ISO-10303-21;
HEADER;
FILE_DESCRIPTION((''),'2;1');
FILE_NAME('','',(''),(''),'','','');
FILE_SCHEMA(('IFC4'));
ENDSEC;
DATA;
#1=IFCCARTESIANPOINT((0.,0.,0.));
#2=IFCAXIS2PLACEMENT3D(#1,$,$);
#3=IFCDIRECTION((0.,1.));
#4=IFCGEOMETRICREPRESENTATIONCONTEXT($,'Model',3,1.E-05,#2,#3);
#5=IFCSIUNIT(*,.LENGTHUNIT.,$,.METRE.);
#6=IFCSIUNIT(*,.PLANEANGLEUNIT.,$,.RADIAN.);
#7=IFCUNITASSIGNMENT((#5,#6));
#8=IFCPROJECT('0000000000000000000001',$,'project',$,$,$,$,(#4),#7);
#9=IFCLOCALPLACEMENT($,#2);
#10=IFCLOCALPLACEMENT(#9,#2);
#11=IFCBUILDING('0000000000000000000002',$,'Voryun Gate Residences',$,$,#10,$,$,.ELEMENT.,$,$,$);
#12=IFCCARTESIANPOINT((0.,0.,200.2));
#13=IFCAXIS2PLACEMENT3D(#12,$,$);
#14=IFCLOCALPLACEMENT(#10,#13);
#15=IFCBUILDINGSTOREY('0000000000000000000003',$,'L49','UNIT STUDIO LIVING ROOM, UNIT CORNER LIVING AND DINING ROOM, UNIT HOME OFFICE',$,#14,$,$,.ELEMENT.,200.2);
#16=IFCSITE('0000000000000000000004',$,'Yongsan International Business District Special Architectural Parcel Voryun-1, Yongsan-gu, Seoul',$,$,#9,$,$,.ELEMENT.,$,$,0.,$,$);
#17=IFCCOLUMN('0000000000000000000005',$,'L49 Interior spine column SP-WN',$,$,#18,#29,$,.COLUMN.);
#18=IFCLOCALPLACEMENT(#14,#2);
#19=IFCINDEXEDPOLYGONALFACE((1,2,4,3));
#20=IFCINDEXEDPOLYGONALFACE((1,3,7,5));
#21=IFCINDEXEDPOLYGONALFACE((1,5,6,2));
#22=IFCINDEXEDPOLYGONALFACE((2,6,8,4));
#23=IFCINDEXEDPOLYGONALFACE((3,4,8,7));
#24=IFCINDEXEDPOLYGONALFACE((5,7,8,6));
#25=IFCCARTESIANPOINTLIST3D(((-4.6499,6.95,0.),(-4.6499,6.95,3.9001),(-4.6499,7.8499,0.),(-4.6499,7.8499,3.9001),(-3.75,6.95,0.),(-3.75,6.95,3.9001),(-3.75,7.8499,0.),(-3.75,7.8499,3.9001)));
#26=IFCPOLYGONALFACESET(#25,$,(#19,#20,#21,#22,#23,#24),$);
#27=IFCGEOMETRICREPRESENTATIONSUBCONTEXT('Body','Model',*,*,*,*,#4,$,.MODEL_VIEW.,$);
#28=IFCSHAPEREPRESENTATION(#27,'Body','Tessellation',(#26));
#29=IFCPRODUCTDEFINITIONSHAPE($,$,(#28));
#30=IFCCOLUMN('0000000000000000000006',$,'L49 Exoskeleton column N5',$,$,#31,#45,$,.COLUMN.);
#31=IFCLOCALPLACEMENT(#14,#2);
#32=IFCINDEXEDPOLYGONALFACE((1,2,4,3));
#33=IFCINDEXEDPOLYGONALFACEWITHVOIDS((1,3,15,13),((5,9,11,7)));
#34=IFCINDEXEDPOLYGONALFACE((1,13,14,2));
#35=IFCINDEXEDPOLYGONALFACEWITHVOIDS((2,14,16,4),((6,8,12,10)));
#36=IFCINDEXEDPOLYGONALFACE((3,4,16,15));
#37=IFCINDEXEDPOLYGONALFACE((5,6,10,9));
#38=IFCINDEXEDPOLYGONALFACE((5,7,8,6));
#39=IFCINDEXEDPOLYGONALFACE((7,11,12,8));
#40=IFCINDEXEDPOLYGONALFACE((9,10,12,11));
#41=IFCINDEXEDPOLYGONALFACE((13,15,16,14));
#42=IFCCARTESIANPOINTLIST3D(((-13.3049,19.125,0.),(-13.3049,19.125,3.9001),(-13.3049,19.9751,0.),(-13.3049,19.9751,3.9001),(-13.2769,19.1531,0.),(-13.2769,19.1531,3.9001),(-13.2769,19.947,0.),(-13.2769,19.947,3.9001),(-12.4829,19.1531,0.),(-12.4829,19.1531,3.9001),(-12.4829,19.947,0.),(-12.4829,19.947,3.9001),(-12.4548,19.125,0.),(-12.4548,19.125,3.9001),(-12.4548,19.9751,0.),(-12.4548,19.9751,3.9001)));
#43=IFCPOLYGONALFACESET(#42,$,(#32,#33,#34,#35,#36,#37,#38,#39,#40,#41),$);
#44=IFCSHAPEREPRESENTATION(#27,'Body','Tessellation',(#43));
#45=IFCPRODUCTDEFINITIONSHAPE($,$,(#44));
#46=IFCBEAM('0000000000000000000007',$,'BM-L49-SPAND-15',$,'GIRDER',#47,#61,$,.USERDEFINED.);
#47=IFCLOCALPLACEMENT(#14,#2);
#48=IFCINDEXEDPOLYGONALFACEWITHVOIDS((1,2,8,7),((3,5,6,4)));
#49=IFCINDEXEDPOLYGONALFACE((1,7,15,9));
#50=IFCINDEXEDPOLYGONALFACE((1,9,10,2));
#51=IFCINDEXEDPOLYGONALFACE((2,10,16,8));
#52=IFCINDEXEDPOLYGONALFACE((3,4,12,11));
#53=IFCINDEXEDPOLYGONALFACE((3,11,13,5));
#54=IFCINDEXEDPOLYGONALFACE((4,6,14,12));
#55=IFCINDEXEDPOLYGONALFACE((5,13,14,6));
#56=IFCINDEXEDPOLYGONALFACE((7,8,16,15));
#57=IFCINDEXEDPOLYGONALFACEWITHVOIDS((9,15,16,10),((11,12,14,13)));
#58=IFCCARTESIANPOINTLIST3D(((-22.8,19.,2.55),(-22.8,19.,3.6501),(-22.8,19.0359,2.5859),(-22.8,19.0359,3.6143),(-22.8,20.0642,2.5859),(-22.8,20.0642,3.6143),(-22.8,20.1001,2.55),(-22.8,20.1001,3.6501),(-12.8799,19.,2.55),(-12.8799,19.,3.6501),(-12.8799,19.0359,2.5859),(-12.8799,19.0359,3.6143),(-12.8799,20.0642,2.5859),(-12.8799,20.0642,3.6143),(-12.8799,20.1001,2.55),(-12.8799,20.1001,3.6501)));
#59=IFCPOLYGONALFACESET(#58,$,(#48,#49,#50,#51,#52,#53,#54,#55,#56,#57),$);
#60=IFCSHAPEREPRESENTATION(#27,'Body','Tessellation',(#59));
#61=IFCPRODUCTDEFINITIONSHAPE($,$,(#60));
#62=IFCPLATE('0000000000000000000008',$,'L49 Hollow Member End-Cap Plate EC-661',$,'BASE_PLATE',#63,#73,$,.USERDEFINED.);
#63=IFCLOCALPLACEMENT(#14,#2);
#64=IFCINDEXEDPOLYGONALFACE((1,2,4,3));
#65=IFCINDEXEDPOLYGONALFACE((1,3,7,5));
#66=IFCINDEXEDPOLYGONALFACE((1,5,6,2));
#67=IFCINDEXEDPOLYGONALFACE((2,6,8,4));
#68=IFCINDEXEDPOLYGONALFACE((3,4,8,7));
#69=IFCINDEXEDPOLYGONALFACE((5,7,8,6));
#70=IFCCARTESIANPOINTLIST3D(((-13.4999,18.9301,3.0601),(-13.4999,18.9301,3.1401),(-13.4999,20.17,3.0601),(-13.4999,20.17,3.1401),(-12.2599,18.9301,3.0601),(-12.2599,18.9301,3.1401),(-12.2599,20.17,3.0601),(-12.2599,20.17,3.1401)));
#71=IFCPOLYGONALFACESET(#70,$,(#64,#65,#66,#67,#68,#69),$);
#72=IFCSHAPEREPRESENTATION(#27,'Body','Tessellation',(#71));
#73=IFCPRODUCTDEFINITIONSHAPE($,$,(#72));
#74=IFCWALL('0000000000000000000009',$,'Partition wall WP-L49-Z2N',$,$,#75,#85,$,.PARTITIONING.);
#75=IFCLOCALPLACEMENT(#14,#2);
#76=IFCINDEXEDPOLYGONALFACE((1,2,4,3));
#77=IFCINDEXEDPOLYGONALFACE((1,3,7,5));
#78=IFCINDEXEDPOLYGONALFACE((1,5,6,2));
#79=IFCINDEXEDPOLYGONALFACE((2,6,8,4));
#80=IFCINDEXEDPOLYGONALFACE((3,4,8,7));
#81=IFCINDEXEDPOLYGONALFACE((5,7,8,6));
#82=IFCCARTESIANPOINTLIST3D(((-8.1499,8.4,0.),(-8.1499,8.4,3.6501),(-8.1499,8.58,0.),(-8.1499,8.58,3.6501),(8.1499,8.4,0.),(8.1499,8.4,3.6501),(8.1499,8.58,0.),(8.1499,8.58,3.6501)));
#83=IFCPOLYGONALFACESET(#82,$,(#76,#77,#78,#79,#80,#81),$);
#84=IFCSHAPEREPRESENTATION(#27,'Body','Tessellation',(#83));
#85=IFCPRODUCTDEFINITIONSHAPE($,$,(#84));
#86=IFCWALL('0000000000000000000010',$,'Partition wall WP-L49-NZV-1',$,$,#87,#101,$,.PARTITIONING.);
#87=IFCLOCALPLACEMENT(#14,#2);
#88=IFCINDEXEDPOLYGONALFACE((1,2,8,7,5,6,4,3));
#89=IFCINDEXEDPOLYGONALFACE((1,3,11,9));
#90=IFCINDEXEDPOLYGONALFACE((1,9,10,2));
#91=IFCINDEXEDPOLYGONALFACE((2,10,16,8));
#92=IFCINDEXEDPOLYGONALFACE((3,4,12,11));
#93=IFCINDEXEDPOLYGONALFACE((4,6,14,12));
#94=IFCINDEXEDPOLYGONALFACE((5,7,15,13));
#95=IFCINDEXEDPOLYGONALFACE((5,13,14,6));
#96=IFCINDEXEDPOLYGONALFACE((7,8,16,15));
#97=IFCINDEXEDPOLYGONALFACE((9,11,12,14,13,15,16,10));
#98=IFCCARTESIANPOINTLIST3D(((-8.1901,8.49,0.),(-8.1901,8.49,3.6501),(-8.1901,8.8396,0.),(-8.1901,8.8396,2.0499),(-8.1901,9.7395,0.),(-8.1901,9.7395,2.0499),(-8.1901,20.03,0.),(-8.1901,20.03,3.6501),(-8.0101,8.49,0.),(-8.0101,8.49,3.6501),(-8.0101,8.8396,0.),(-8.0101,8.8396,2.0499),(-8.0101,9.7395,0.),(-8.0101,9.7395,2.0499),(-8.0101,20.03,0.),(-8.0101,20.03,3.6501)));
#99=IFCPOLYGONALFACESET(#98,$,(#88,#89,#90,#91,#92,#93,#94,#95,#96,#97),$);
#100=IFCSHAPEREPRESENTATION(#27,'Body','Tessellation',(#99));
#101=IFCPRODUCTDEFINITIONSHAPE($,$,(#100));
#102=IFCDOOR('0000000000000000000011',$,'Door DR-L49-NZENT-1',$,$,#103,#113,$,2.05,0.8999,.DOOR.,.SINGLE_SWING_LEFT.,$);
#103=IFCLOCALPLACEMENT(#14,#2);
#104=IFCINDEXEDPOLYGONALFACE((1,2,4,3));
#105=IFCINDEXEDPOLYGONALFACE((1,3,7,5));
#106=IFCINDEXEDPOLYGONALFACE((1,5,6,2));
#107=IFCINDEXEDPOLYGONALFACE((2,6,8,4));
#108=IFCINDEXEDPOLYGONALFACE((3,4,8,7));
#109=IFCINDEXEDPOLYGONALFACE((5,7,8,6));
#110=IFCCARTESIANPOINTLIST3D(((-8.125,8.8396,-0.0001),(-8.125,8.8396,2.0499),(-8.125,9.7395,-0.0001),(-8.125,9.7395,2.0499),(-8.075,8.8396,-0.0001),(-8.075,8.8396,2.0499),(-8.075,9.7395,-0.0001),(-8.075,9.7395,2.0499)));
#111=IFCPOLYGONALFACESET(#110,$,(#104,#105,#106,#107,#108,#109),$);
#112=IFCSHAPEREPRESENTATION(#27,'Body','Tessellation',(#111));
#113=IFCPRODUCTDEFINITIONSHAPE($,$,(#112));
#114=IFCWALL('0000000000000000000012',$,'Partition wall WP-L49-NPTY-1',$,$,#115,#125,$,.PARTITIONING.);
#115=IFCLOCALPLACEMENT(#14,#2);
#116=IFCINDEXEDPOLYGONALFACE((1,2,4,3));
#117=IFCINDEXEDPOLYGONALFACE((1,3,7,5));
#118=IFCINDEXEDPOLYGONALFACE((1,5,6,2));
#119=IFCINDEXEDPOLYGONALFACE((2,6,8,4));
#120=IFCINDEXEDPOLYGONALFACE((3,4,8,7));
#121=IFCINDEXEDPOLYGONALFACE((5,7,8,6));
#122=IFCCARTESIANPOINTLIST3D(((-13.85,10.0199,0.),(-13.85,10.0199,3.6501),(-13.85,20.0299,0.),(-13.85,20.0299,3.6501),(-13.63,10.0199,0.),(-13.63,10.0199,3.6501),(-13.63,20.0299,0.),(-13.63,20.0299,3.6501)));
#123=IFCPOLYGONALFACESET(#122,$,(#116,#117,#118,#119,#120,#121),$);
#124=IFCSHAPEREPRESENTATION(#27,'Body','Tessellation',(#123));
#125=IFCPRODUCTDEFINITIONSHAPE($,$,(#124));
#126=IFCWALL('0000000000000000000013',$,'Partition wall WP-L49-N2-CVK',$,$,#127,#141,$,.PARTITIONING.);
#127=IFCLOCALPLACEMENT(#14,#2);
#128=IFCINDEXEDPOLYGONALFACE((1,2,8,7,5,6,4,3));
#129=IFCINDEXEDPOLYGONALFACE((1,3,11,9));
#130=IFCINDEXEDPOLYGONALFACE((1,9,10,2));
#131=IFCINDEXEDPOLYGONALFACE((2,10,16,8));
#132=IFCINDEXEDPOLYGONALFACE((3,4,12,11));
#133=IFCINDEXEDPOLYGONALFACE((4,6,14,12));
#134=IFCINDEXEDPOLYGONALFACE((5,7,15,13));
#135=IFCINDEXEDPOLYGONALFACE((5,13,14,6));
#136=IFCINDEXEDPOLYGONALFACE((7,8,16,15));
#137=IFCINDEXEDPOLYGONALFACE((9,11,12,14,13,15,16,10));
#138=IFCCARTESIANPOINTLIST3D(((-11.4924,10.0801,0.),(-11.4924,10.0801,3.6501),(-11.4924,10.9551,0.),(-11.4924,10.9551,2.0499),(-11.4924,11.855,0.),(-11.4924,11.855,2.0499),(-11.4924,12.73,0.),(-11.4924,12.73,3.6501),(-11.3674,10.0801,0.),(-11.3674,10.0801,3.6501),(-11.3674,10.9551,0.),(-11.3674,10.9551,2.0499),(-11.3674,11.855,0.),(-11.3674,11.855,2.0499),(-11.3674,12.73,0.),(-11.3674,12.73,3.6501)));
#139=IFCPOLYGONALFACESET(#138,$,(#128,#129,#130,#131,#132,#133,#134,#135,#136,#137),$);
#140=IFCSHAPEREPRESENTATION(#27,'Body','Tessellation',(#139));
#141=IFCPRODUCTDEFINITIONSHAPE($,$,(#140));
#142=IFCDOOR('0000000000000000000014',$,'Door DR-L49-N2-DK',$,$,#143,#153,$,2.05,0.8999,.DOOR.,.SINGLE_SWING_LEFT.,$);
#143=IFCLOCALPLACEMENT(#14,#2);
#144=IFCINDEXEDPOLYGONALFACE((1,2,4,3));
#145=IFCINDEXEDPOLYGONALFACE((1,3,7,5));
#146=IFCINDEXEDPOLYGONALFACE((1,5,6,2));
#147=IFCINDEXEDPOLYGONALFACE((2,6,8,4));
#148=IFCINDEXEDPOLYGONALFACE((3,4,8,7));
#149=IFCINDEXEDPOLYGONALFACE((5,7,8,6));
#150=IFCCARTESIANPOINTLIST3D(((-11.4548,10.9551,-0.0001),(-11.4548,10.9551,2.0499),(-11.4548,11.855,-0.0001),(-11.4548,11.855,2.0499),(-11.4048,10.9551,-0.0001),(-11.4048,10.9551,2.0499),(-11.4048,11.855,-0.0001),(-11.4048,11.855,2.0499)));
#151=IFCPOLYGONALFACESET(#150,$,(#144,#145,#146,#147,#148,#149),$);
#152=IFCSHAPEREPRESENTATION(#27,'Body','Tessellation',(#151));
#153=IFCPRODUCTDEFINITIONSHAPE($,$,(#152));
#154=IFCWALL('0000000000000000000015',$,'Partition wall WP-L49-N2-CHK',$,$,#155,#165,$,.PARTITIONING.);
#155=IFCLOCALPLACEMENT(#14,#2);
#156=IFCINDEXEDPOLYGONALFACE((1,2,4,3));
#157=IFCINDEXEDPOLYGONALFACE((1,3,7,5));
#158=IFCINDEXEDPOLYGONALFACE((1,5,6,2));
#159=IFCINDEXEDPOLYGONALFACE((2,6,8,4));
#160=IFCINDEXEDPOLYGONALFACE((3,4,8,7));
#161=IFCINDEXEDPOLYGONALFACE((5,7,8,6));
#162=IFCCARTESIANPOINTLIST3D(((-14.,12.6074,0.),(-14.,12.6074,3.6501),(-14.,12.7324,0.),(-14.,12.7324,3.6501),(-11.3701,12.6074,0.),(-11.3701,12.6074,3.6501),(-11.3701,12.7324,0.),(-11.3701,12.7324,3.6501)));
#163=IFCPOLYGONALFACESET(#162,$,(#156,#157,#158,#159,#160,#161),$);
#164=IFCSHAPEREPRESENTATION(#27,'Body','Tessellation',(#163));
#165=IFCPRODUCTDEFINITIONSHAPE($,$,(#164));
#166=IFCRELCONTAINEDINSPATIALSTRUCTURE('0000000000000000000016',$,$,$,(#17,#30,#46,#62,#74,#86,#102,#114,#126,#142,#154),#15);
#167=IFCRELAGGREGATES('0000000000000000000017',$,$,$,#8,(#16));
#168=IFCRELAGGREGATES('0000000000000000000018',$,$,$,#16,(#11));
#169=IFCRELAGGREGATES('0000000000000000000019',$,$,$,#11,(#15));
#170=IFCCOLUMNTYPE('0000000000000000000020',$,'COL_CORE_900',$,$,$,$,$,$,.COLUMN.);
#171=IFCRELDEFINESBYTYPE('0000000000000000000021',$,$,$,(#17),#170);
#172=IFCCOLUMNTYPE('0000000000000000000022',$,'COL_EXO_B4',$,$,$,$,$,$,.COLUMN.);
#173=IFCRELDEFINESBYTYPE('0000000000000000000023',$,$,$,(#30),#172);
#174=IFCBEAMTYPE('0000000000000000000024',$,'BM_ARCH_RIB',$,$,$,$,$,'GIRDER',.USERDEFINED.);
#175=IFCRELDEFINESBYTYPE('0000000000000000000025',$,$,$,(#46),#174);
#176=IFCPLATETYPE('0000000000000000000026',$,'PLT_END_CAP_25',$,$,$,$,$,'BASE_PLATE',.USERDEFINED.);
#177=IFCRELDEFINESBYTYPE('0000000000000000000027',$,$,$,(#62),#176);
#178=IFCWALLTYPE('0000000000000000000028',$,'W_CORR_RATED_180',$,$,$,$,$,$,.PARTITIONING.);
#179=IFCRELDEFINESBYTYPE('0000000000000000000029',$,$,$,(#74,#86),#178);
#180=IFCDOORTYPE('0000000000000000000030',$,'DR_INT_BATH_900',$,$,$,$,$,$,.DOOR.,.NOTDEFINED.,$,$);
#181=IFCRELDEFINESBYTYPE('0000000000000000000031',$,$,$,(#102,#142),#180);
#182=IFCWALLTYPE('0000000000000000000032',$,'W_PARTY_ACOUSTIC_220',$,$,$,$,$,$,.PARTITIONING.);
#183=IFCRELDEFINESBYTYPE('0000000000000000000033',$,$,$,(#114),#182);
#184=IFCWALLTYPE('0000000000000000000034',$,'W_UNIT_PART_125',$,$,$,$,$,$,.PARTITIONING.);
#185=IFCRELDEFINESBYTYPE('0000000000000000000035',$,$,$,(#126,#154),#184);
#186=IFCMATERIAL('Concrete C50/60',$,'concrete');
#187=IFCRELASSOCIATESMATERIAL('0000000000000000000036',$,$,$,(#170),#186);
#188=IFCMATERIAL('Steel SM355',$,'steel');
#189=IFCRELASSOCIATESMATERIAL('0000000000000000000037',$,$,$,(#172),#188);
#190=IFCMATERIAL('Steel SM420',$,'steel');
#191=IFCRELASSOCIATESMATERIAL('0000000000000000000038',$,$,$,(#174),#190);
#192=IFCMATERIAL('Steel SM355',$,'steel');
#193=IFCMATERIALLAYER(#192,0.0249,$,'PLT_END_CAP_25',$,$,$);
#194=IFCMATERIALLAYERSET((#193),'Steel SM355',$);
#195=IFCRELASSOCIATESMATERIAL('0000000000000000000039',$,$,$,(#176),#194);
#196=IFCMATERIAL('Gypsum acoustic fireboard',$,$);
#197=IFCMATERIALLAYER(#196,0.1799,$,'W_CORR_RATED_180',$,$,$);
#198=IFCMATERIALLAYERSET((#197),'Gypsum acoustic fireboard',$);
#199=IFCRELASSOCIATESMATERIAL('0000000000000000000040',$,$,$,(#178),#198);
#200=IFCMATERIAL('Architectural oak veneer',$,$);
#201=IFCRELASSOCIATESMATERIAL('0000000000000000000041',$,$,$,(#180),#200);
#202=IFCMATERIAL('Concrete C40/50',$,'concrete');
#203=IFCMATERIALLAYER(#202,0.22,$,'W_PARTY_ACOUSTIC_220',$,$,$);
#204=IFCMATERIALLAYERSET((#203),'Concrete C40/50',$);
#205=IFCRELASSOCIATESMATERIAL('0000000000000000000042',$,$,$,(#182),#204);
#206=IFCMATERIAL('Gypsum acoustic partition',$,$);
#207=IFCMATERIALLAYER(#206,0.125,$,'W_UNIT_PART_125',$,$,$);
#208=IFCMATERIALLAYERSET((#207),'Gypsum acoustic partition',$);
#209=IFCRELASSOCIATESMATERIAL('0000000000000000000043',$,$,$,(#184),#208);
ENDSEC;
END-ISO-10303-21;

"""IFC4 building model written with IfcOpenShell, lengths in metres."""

from ifc_helpers import new_model, si_unit, direction, frame, frame_2d, origin, origin_2d, place, context, subcontext, project, spatial, rectangle, hollow_rectangle, extrude, material, layer, layer_set, material_profile, profile_set, type_object, element, fill, save


model = new_model("IFC4")

# Units and contexts
model_context = context("Model", 3, precision=1e-05, world=origin(), true_north=direction((0.0, 1.0)))
body_context = subcontext(model_context, "Body", "Model", "MODEL_VIEW")
ifc_project = project(units=[si_unit("LENGTHUNIT", "METRE"), si_unit("PLANEANGLEUNIT", "RADIAN")], contexts=[model_context])

# Site, building, storey
site_placement = place(None, origin())
site = spatial("IfcSite", under=ifc_project, at=site_placement, Name="Yongsan International Business District Special Architectural Parcel Voryun-1, Yongsan-gu, Seoul", CompositionType="ELEMENT", RefElevation=0.0)
building_placement = place(site_placement, origin())
building = spatial("IfcBuilding", under=site, at=building_placement, Name="Voryun Gate Residences", CompositionType="ELEMENT")
storey_placement = place(building_placement, frame((0.0, 0.0, 200.2)))
storey = spatial("IfcBuildingStorey", under=building, at=storey_placement, Name="L49", Description="UNIT STUDIO LIVING ROOM, UNIT CORNER LIVING AND DINING ROOM, UNIT HOME OFFICE", CompositionType="ELEMENT", Elevation=200.2)

# Columns
ifc_material_1 = material(Name="Concrete C50/60", Category="concrete")
ifc_material_profile_1 = material_profile(ifc_material_1, rectangle(XDim=0.8999, YDim=0.8999, at=origin_2d()), Name="RC-900x900")
ifc_profile_set_1 = profile_set([ifc_material_profile_1], Name="Concrete C50/60")
column_type_1 = type_object("IfcColumnType", Name="COL_CORE_900", PredefinedType="COLUMN", material=ifc_profile_set_1)
column_1_placement = place(storey_placement, frame((-4.2, 7.3999, 0.0), z_axis=(0.0, 0.0, 1.0), x_axis=(1.0, 0.0, 0.0)))
element("IfcColumn", 1, at=column_1_placement, inside=storey, type_object=column_type_1, Name="L49 Interior spine column SP-WN", PredefinedType="COLUMN", context=body_context, shape_type="SweptSolid", body=[
    extrude(rectangle(XDim=0.8999, YDim=0.8999, at=origin_2d()), origin(), (0.0, 0.0, 1.0), 3.9001),
])
ifc_material_2 = material(Name="Steel SM355", Category="steel")
ifc_material_profile_2 = material_profile(ifc_material_2, hollow_rectangle(XDim=0.8501, YDim=0.8501, WallThickness=0.0281, at=origin_2d()), Name="BOX-850x850x28")
ifc_profile_set_2 = profile_set([ifc_material_profile_2], Name="Steel SM355")
column_type_2 = type_object("IfcColumnType", Name="COL_EXO_B4", PredefinedType="COLUMN", material=ifc_profile_set_2)
column_2_placement = place(storey_placement, frame((-12.8799, 19.55, 0.0), z_axis=(0.0, 0.0, 1.0), x_axis=(1.0, 0.0, 0.0)))
element("IfcColumn", 2, at=column_2_placement, inside=storey, type_object=column_type_2, Name="L49 Exoskeleton column N5", PredefinedType="COLUMN", context=body_context, shape_type="SweptSolid", body=[
    extrude(hollow_rectangle(XDim=0.8501, YDim=0.8501, WallThickness=0.0281, at=origin_2d()), origin(), (0.0, 0.0, 1.0), 3.9001),
])

# Beam
ifc_material_3 = material(Name="Steel SM420", Category="steel")
ifc_material_profile_3 = material_profile(ifc_material_3, hollow_rectangle(XDim=1.1001, YDim=1.1001, WallThickness=0.0359, at=origin_2d()), Name="BOX-1100x1100x36")
ifc_profile_set_3 = profile_set([ifc_material_profile_3], Name="Steel SM420")
beam_type = type_object("IfcBeamType", Name="BM_ARCH_RIB", ElementType="GIRDER", PredefinedType="USERDEFINED", material=ifc_profile_set_3)
beam_placement = place(storey_placement, frame((-12.8799, 19.55, 3.1001), z_axis=(-1.0, 0.0, 0.0), x_axis=(0.0, -1.0, 0.0)))
element("IfcBeam", 3, at=beam_placement, inside=storey, type_object=beam_type, Name="BM-L49-SPAND-15", ObjectType="GIRDER", PredefinedType="USERDEFINED", context=body_context, shape_type="SweptSolid", body=[
    extrude(hollow_rectangle(XDim=1.1001, YDim=1.1001, WallThickness=0.0359, at=origin_2d()), origin(), (0.0, 0.0, 1.0), 9.9202),
])

# Plate
ifc_material_4 = material(Name="Steel SM355", Category="steel")
ifc_layer_1 = layer(ifc_material_4, 0.0249, Name="PLT_END_CAP_25")
ifc_layer_set_1 = layer_set([ifc_layer_1], Name="Steel SM355")
plate_type = type_object("IfcPlateType", Name="PLT_END_CAP_25", ElementType="BASE_PLATE", PredefinedType="USERDEFINED", material=ifc_layer_set_1)
plate_placement = place(storey_placement, frame((-12.8799, 19.55, 3.0601), z_axis=(0.0, 0.0, 1.0), x_axis=(1.0, 0.0, 0.0)))
element("IfcPlate", 4, at=plate_placement, inside=storey, type_object=plate_type, Name="L49 Hollow Member End-Cap Plate EC-661", ObjectType="BASE_PLATE", PredefinedType="USERDEFINED", context=body_context, shape_type="SweptSolid", body=[
    extrude(rectangle(XDim=1.24, YDim=1.24, at=origin_2d()), origin(), (0.0, 0.0, 1.0), 0.0801),
])

# Wall
ifc_material_5 = material(Name="Gypsum acoustic fireboard")
ifc_layer_2 = layer(ifc_material_5, 0.1799, Name="W_CORR_RATED_180")
ifc_layer_set_2 = layer_set([ifc_layer_2], Name="Gypsum acoustic fireboard")
wall_type_1 = type_object("IfcWallType", Name="W_CORR_RATED_180", PredefinedType="PARTITIONING", material=ifc_layer_set_2)
wall_1_placement = place(storey_placement, frame((-8.1499, 8.49, 0.0), z_axis=(0.0, 0.0, 1.0), x_axis=(1.0, 0.0, 0.0)))
element("IfcWall", 5, at=wall_1_placement, inside=storey, type_object=wall_type_1, Name="Partition wall WP-L49-Z2N", PredefinedType="PARTITIONING", context=body_context, shape_type="SweptSolid", body=[
    extrude(rectangle(XDim=16.2998, YDim=0.1799, at=frame_2d((8.1499, 0.0))), origin(), (0.0, 0.0, 1.0), 3.6501),
])

# Wall, opening, door
wall_2_placement = place(storey_placement, frame((-8.1001, 8.49, 0.0), z_axis=(0.0, 0.0, 1.0), x_axis=(0.0, 1.0, 0.0)))
wall_2 = element("IfcWall", 6, at=wall_2_placement, inside=storey, type_object=wall_type_1, Name="Partition wall WP-L49-NZV-1", PredefinedType="PARTITIONING", context=body_context, shape_type="SweptSolid", body=[
    extrude(rectangle(XDim=11.54, YDim=0.1799, at=frame_2d((5.77, 0.0))), origin(), (0.0, 0.0, 1.0), 3.6501),
])
opening_1_placement = place(wall_2_placement, frame((0.3496, 0.0, 0.0)))
opening_1 = element("IfcOpeningElement", 7, at=opening_1_placement, cuts=wall_2, PredefinedType="OPENING", context=body_context, shape_type="SweptSolid", body=[
    extrude(rectangle(XDim=0.8999, YDim=2.05, at=frame_2d((0.45, 1.0249))), frame((0.0, 0.0999, 0.0), z_axis=(0.0, -1.0, 0.0), x_axis=(1.0, 0.0, 0.0)), (0.0, 0.0, 1.0), 0.2),
])
ifc_material_6 = material(Name="Architectural oak veneer")
door_type = type_object("IfcDoorType", Name="DR_INT_BATH_900", OperationType="NOTDEFINED", PredefinedType="DOOR", material=ifc_material_6)
door_1_placement = place(opening_1_placement, origin())
door_1 = element("IfcDoor", 8, at=door_1_placement, inside=storey, type_object=door_type, Name="Door DR-L49-NZENT-1", OperationType="SINGLE_SWING_LEFT", OverallHeight=2.05, OverallWidth=0.8999, PredefinedType="DOOR", context=body_context, shape_type="SweptSolid", body=[
    extrude(rectangle(XDim=0.8999, YDim=2.05, at=frame_2d((0.45, 1.0249))), frame((0.0, 0.0249, 0.0), z_axis=(0.0, -1.0, 0.0), x_axis=(1.0, 0.0, 0.0)), (0.0, 0.0, 1.0), 0.05),
])
fill(opening_1, door_1)

# Wall
ifc_material_7 = material(Name="Concrete C40/50", Category="concrete")
ifc_layer_3 = layer(ifc_material_7, 0.22, Name="W_PARTY_ACOUSTIC_220")
ifc_layer_set_3 = layer_set([ifc_layer_3], Name="Concrete C40/50")
wall_type_2 = type_object("IfcWallType", Name="W_PARTY_ACOUSTIC_220", PredefinedType="PARTITIONING", material=ifc_layer_set_3)
wall_3_placement = place(storey_placement, frame((-13.74, 10.02, 0.0), z_axis=(0.0, 0.0, 1.0), x_axis=(0.0, 1.0, 0.0)))
element("IfcWall", 9, at=wall_3_placement, inside=storey, type_object=wall_type_2, Name="Partition wall WP-L49-NPTY-1", PredefinedType="PARTITIONING", context=body_context, shape_type="SweptSolid", body=[
    extrude(rectangle(XDim=10.01, YDim=0.22, at=frame_2d((5.0049, 0.0))), origin(), (0.0, 0.0, 1.0), 3.6501),
])

# Wall, opening, door
ifc_material_8 = material(Name="Gypsum acoustic partition")
ifc_layer_4 = layer(ifc_material_8, 0.125, Name="W_UNIT_PART_125")
ifc_layer_set_4 = layer_set([ifc_layer_4], Name="Gypsum acoustic partition")
wall_type_3 = type_object("IfcWallType", Name="W_UNIT_PART_125", PredefinedType="PARTITIONING", material=ifc_layer_set_4)
wall_4_placement = place(storey_placement, frame((-11.4299, 10.0801, 0.0), z_axis=(0.0, 0.0, 1.0), x_axis=(0.0, 1.0, 0.0)))
wall_4 = element("IfcWall", 10, at=wall_4_placement, inside=storey, type_object=wall_type_3, Name="Partition wall WP-L49-N2-CVK", PredefinedType="PARTITIONING", context=body_context, shape_type="SweptSolid", body=[
    extrude(rectangle(XDim=2.6499, YDim=0.125, at=frame_2d((1.325, 0.0))), origin(), (0.0, 0.0, 1.0), 3.6501),
])
opening_2_placement = place(wall_4_placement, frame((0.875, 0.0, 0.0)))
opening_2 = element("IfcOpeningElement", 11, at=opening_2_placement, cuts=wall_4, PredefinedType="OPENING", context=body_context, shape_type="SweptSolid", body=[
    extrude(rectangle(XDim=0.8999, YDim=2.05, at=frame_2d((0.45, 1.0249))), frame((0.0, 0.0725, 0.0), z_axis=(0.0, -1.0, 0.0), x_axis=(1.0, 0.0, 0.0)), (0.0, 0.0, 1.0), 0.145),
])
door_2_placement = place(opening_2_placement, origin())
door_2 = element("IfcDoor", 12, at=door_2_placement, inside=storey, type_object=door_type, Name="Door DR-L49-N2-DK", OperationType="SINGLE_SWING_LEFT", OverallHeight=2.05, OverallWidth=0.8999, PredefinedType="DOOR", context=body_context, shape_type="SweptSolid", body=[
    extrude(rectangle(XDim=0.8999, YDim=2.05, at=frame_2d((0.45, 1.0249))), frame((0.0, 0.0249, 0.0), z_axis=(0.0, -1.0, 0.0), x_axis=(1.0, 0.0, 0.0)), (0.0, 0.0, 1.0), 0.05),
])
fill(opening_2, door_2)

# Wall
wall_5_placement = place(storey_placement, frame((-14.0, 12.6699, 0.0), z_axis=(0.0, 0.0, 1.0), x_axis=(1.0, 0.0, 0.0)))
element("IfcWall", 13, at=wall_5_placement, inside=storey, type_object=wall_type_3, Name="Partition wall WP-L49-N2-CHK", PredefinedType="PARTITIONING", context=body_context, shape_type="SweptSolid", body=[
    extrude(rectangle(XDim=2.6299, YDim=0.125, at=frame_2d((1.3149, 0.0))), origin(), (0.0, 0.0, 1.0), 3.6501),
])

save(model, "model.ifc")
